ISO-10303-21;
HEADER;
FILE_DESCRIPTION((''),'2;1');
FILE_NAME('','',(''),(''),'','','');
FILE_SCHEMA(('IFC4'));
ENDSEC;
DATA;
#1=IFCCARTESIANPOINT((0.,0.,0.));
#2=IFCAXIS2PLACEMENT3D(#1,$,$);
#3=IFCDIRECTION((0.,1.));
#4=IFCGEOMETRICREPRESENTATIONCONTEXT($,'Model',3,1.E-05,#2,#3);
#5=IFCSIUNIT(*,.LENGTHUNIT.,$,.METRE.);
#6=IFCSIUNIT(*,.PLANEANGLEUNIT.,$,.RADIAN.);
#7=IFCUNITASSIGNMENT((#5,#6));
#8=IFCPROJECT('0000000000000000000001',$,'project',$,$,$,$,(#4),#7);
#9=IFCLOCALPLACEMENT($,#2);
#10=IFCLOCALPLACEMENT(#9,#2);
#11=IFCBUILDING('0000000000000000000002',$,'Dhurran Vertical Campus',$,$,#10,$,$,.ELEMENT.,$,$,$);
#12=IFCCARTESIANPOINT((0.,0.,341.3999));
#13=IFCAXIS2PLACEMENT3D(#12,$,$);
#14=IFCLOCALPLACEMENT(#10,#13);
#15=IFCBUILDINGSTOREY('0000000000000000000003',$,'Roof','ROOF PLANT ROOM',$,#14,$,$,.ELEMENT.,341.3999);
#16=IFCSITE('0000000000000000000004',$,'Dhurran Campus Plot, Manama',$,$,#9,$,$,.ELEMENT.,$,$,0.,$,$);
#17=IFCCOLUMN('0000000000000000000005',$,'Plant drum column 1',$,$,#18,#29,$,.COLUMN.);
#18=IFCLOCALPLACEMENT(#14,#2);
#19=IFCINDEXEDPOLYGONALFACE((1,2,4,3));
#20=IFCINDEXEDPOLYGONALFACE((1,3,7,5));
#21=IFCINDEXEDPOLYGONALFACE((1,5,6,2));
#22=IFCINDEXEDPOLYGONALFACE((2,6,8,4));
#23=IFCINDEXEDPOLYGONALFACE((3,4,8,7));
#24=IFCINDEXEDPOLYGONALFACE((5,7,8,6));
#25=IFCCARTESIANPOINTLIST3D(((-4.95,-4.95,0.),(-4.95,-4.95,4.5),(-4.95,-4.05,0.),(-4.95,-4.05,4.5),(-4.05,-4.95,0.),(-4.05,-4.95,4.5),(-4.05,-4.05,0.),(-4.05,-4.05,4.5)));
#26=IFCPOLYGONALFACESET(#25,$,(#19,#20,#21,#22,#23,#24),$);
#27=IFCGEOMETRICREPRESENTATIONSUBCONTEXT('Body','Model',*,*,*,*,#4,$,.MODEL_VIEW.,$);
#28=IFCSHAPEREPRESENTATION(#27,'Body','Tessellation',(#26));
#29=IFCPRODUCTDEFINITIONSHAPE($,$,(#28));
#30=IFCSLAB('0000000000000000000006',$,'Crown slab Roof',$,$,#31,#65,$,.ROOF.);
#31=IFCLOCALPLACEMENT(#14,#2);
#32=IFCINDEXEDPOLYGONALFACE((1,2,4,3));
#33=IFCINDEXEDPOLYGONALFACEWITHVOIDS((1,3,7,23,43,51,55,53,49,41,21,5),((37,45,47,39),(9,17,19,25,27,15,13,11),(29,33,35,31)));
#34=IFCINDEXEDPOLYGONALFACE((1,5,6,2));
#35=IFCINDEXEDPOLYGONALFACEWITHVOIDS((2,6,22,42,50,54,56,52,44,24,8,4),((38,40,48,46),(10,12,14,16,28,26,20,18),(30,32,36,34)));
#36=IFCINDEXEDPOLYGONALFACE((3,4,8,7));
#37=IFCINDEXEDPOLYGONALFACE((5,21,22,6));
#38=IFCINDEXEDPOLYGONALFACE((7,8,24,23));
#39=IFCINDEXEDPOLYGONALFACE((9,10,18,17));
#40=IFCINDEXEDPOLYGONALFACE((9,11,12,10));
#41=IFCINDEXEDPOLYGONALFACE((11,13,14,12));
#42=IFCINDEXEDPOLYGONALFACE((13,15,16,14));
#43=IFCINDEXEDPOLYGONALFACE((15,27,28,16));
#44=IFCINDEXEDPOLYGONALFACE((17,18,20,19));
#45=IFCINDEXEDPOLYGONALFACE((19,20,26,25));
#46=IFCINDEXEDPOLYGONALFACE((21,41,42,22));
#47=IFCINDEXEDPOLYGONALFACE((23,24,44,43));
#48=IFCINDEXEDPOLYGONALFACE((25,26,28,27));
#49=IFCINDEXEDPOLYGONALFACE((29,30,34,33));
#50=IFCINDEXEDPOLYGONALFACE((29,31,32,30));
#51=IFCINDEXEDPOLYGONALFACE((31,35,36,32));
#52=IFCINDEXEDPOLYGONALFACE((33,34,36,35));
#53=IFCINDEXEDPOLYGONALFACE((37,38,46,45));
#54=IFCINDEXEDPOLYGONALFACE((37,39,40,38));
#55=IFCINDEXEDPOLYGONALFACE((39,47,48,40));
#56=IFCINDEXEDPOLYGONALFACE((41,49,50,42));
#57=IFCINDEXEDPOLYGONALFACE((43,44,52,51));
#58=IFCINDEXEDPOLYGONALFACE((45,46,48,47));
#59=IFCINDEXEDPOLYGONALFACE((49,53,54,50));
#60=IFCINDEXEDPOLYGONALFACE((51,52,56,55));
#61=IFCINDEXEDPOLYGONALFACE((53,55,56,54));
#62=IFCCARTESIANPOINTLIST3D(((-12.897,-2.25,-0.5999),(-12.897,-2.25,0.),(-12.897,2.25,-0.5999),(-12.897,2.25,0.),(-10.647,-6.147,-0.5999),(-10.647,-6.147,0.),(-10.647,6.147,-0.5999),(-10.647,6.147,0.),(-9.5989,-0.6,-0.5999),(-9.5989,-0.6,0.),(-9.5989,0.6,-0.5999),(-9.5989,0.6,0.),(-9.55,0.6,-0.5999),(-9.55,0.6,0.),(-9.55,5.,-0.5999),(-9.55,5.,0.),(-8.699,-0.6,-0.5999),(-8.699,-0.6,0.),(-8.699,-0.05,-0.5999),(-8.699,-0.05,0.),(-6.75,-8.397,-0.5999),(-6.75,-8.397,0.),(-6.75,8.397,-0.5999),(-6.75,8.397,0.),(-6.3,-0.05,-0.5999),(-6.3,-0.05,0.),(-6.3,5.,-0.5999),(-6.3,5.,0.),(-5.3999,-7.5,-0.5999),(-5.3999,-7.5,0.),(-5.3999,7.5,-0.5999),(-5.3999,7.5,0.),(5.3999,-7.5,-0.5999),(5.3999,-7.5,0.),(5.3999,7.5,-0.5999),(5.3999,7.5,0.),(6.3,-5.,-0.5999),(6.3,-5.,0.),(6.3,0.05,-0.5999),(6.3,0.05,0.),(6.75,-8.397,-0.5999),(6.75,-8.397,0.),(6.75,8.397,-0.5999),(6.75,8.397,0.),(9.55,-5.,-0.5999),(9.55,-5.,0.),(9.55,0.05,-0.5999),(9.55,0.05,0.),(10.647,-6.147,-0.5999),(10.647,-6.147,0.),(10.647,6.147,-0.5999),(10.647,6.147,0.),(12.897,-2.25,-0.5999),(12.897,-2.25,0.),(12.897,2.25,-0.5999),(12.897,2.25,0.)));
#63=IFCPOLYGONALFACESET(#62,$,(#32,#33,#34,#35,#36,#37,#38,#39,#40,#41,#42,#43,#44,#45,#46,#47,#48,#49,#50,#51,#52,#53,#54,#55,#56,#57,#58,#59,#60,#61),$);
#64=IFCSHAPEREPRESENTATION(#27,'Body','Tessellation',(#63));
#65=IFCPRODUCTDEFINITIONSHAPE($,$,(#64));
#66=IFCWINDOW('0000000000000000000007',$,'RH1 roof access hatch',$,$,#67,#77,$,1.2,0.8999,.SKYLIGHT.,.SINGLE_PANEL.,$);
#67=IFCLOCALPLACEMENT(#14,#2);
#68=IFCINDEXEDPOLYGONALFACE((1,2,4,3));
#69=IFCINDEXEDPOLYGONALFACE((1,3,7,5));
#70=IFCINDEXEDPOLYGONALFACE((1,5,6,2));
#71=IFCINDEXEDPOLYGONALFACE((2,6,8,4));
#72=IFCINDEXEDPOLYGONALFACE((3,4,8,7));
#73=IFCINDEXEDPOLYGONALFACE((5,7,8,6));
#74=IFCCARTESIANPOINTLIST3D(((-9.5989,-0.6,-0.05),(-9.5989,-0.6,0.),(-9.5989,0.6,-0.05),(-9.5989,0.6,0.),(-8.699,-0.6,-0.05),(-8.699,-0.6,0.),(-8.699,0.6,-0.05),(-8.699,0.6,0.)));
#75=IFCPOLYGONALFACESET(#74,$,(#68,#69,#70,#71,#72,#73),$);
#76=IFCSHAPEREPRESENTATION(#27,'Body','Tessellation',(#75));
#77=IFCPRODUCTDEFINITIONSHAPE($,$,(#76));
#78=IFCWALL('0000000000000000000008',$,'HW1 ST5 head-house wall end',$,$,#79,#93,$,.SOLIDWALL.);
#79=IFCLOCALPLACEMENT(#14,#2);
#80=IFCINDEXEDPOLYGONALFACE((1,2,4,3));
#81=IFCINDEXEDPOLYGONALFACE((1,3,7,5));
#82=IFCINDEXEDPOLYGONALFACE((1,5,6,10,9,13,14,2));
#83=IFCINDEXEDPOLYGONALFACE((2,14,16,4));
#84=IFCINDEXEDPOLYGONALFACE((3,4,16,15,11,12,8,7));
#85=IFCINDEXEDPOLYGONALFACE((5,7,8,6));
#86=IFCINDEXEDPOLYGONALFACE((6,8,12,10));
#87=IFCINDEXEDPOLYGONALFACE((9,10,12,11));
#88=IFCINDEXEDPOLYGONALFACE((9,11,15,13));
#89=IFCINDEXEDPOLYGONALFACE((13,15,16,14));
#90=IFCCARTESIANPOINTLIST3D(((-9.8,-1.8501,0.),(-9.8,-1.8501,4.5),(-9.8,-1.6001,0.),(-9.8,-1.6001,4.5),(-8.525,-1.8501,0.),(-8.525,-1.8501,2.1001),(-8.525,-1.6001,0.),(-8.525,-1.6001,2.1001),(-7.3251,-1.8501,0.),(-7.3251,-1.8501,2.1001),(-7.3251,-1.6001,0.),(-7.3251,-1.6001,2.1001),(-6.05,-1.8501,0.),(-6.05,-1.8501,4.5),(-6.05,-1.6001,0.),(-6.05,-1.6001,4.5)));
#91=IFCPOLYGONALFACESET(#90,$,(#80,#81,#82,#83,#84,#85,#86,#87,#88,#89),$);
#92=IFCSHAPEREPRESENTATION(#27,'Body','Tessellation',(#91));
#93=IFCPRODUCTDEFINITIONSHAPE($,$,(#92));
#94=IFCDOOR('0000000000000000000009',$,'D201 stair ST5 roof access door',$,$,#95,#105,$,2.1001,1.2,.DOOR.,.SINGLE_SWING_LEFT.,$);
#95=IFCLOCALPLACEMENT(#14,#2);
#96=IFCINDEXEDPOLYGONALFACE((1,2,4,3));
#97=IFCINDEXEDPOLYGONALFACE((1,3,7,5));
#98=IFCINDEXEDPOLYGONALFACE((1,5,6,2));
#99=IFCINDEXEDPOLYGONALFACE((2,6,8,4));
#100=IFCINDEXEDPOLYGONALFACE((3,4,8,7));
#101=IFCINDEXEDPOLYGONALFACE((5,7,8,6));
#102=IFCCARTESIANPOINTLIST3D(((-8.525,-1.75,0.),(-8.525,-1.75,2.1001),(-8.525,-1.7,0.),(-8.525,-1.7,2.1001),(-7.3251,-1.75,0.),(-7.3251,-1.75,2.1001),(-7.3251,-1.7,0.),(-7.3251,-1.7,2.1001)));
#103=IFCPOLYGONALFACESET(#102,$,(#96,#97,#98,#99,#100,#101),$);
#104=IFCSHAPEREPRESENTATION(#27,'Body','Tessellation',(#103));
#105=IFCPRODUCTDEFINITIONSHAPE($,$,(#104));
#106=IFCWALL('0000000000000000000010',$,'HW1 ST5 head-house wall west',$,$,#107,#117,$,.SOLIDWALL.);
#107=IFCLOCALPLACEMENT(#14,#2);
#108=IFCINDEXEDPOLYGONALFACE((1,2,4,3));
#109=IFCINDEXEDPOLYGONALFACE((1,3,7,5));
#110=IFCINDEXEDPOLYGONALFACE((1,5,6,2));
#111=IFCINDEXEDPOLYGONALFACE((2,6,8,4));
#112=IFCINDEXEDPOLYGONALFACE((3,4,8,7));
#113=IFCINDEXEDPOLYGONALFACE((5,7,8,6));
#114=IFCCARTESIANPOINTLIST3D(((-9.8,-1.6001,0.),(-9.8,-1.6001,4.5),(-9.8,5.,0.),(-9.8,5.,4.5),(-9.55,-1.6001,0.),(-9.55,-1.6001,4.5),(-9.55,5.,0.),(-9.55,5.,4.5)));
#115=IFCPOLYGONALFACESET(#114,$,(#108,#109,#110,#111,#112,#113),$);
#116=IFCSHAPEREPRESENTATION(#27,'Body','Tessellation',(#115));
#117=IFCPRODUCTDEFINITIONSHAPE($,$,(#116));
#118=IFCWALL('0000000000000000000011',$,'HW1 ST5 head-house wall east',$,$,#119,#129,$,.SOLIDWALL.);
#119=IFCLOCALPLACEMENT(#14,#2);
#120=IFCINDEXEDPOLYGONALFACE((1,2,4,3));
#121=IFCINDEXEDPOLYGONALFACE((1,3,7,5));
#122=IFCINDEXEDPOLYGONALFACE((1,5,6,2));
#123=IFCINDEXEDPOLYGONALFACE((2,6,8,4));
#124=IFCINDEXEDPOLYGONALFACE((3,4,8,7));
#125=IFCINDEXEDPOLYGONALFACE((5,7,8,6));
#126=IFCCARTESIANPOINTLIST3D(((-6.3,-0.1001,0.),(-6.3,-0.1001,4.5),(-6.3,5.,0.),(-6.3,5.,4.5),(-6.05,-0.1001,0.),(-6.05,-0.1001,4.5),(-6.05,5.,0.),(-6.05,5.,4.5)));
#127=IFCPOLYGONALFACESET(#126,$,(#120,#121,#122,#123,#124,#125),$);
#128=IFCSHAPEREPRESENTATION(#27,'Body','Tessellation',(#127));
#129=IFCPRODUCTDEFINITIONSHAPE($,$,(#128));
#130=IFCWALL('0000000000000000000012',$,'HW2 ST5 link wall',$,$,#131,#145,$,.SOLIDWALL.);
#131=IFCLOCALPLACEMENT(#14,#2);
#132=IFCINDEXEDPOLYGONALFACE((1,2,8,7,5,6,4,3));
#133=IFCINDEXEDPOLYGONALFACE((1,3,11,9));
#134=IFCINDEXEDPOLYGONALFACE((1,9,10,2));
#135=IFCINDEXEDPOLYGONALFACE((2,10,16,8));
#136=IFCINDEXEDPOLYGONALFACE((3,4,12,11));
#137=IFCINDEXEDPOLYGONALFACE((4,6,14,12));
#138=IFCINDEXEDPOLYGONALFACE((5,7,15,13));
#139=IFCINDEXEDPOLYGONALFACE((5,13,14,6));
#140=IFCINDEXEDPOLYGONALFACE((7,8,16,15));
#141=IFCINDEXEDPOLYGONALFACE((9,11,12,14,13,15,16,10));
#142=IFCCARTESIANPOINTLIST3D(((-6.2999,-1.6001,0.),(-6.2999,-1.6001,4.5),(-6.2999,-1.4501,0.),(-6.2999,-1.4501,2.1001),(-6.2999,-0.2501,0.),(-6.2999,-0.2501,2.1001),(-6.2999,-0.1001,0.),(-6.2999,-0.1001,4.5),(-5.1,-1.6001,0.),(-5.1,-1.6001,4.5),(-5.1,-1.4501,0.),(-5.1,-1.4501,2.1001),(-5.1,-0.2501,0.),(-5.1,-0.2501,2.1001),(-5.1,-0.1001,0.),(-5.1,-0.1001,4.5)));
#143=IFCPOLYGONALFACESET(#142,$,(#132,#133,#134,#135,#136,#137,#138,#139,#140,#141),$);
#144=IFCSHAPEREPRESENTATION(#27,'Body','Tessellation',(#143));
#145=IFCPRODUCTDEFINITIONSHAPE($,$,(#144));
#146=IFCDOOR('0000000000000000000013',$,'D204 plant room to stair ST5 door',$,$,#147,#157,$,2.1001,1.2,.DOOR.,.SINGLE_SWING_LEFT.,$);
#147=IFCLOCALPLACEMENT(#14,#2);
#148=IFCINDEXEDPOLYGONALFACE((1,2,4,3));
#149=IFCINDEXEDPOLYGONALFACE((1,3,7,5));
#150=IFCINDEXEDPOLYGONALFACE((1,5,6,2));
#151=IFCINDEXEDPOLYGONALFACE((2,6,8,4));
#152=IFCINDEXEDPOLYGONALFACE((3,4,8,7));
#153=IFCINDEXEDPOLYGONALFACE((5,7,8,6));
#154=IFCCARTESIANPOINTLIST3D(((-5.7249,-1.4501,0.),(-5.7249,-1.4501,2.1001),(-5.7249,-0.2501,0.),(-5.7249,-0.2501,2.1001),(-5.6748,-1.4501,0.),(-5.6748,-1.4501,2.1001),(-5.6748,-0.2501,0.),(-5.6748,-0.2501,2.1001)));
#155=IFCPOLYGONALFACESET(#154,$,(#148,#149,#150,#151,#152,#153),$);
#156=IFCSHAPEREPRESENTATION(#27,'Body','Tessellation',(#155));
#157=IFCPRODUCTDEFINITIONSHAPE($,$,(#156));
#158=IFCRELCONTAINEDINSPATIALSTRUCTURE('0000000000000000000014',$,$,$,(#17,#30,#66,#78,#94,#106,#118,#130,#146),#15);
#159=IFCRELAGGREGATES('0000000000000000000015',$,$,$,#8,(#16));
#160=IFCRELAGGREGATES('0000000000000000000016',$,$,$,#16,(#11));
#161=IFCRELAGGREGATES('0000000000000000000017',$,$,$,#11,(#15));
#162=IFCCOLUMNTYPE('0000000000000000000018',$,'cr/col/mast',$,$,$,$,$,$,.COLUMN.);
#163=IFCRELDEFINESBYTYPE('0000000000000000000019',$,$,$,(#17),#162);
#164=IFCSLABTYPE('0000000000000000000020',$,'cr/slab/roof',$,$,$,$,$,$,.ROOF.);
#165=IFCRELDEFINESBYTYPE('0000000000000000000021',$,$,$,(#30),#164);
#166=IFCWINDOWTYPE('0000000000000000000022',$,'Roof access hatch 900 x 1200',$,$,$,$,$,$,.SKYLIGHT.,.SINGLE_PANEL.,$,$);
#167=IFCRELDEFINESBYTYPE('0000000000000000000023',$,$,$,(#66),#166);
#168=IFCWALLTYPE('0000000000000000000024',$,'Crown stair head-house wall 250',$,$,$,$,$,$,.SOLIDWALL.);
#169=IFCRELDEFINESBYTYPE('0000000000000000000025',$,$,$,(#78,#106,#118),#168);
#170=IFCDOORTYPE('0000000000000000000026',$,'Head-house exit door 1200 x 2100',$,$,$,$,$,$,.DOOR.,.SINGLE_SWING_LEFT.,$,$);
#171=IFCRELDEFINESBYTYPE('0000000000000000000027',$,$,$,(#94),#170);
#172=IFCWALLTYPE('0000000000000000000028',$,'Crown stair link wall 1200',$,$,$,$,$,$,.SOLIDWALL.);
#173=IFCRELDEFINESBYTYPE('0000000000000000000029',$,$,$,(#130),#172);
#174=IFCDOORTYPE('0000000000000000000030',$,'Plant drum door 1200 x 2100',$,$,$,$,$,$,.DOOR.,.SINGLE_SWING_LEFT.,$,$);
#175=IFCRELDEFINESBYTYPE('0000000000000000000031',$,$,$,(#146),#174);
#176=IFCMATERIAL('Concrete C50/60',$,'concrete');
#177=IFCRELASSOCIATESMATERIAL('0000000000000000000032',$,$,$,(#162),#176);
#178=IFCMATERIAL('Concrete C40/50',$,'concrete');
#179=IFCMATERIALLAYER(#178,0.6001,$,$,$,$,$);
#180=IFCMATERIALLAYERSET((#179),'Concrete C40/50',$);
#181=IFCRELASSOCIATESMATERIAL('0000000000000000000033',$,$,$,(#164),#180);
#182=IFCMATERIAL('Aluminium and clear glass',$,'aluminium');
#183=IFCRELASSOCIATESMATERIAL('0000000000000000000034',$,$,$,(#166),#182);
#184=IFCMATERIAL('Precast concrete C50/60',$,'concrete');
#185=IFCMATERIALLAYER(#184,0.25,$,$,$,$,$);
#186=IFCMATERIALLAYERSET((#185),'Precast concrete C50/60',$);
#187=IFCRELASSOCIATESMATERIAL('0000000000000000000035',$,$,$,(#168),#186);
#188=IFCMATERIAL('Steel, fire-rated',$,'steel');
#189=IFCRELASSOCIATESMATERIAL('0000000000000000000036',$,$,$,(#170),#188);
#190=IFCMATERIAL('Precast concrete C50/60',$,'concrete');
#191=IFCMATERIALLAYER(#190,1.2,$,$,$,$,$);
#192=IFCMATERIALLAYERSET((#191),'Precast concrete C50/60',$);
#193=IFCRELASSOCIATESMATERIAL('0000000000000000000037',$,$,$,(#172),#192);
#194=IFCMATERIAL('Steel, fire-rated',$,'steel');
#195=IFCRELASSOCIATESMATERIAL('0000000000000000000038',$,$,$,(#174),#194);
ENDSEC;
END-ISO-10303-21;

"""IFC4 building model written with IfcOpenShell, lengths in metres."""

from ifc_helpers import new_model, si_unit, direction, frame, frame_2d, origin, origin_2d, place, context, subcontext, project, spatial, polyline, rectangle, outline, extrude, material, layer, layer_set, material_profile, profile_set, type_object, element, fill, save


model = new_model("IFC4")

# Units and contexts
model_context = context("Model", 3, precision=1e-05, world=origin(), true_north=direction((0.0, 1.0)))
body_context = subcontext(model_context, "Body", "Model", "MODEL_VIEW")
ifc_project = project(units=[si_unit("LENGTHUNIT", "METRE"), si_unit("PLANEANGLEUNIT", "RADIAN")], contexts=[model_context])

# Site, building, storey
site_placement = place(None, origin())
site = spatial("IfcSite", under=ifc_project, at=site_placement, Name="Dhurran Campus Plot, Manama", CompositionType="ELEMENT", RefElevation=0.0)
building_placement = place(site_placement, origin())
building = spatial("IfcBuilding", under=site, at=building_placement, Name="Dhurran Vertical Campus", CompositionType="ELEMENT")
storey_placement = place(building_placement, frame((0.0, 0.0, 341.3999)))
storey = spatial("IfcBuildingStorey", under=building, at=storey_placement, Name="Roof", Description="ROOF PLANT ROOM", CompositionType="ELEMENT", Elevation=341.3999)

# Column
ifc_material_1 = material(Name="Concrete C50/60", Category="concrete")
ifc_material_profile = material_profile(ifc_material_1, rectangle(XDim=0.8999, YDim=0.8999, at=origin_2d()), Name="cr/col/mast")
ifc_profile_set = profile_set([ifc_material_profile], Name="Concrete C50/60")
column_type = type_object("IfcColumnType", Name="cr/col/mast", PredefinedType="COLUMN", material=ifc_profile_set)
column_placement = place(storey_placement, frame((-4.5, -4.5, 0.0), z_axis=(0.0, 0.0, 1.0), x_axis=(1.0, 0.0, 0.0)))
element("IfcColumn", 1, at=column_placement, inside=storey, type_object=column_type, Name="Plant drum column 1", PredefinedType="COLUMN", context=body_context, shape_type="SweptSolid", body=[
    extrude(rectangle(XDim=0.8999, YDim=0.8999, at=origin_2d()), origin(), (0.0, 0.0, 1.0), 4.5),
])

# Slab, opening, window
ifc_material_2 = material(Name="Concrete C40/50", Category="concrete")
ifc_layer_1 = layer(ifc_material_2, 0.6001)
ifc_layer_set_1 = layer_set([ifc_layer_1], Name="Concrete C40/50")
slab_type = type_object("IfcSlabType", Name="cr/slab/roof", PredefinedType="ROOF", material=ifc_layer_set_1)
slab_placement = place(storey_placement, frame((0.0, 0.0, -0.5999)))
slab = element("IfcSlab", 2, at=slab_placement, inside=storey, type_object=slab_type, Name="Crown slab Roof", PredefinedType="ROOF", context=body_context, shape_type="SweptSolid", body=[
    extrude(outline(polyline([(-6.75, -8.397), (6.75, -8.397), (10.647, -6.147), (12.897, -2.25), (12.897, 2.25), (10.647, 6.147), (6.75, 8.397), (-6.75, 8.397), (-10.647, 6.147), (-12.897, 2.25), (-12.897, -2.25), (-10.647, -6.147), (-6.75, -8.397)]), holes=[polyline([(-5.3999, -7.5), (5.3999, -7.5), (5.3999, 7.5), (-5.3999, 7.5), (-5.3999, -7.5)]), polyline([(-6.3, -0.05), (-6.3, 5.0), (-9.55, 5.0), (-9.55, -0.05), (-6.3, -0.05)]), polyline([(6.3, 0.05), (6.3, -5.0), (9.55, -5.0), (9.55, 0.05), (6.3, 0.05)])]), origin(), (0.0, 0.0, 1.0), 0.5999),
])
opening_1_placement = place(slab_placement, frame((-9.1489, 0.0, 0.0)))
opening_1 = element("IfcOpeningElement", 3, at=opening_1_placement, cuts=slab, PredefinedType="OPENING", context=body_context, shape_type="SweptSolid", body=[
    extrude(rectangle(XDim=0.8999, YDim=1.2, at=origin_2d()), origin(), (0.0, 0.0, 1.0), 0.5999),
])
ifc_material_3 = material(Name="Aluminium and clear glass", Category="aluminium")
window_type_1 = type_object("IfcWindowType", Name="Roof access hatch 900 x 1200", PartitioningType="SINGLE_PANEL", PredefinedType="SKYLIGHT", material=ifc_material_3)
window_1_placement = place(opening_1_placement, frame((0.0, 0.0, 0.5498)))
window_1 = element("IfcWindow", 4, at=window_1_placement, inside=storey, type_object=window_type_1, Name="RH1 roof access hatch", OverallHeight=1.2, OverallWidth=0.8999, PartitioningType="SINGLE_PANEL", PredefinedType="SKYLIGHT", context=body_context, shape_type="SweptSolid", body=[
    extrude(rectangle(XDim=0.8999, YDim=1.2, at=origin_2d()), origin(), (0.0, 0.0, 1.0), 0.05),
])
fill(opening_1, window_1)

# Wall, opening, door
ifc_material_4 = material(Name="Precast concrete C50/60", Category="concrete")
ifc_layer_2 = layer(ifc_material_4, 0.25)
ifc_layer_set_2 = layer_set([ifc_layer_2], Name="Precast concrete C50/60")
wall_type_1 = type_object("IfcWallType", Name="Crown stair head-house wall 250", PredefinedType="SOLIDWALL", material=ifc_layer_set_2)
wall_1_placement = place(storey_placement, frame((-6.05, -1.7251, 0.0), z_axis=(0.0, 0.0, 1.0), x_axis=(-1.0, 0.0, 0.0)))
wall_1 = element("IfcWall", 5, at=wall_1_placement, inside=storey, type_object=wall_type_1, Name="HW1 ST5 head-house wall end", PredefinedType="SOLIDWALL", context=body_context, shape_type="SweptSolid", body=[
    extrude(rectangle(XDim=3.75, YDim=0.25, at=frame_2d((1.875, 0.0))), origin(), (0.0, 0.0, 1.0), 4.5),
])
opening_2_placement = place(wall_1_placement, frame((1.2749, 0.0, 0.0)))
opening_2 = element("IfcOpeningElement", 6, at=opening_2_placement, cuts=wall_1, PredefinedType="OPENING", context=body_context, shape_type="SweptSolid", body=[
    extrude(rectangle(XDim=1.2, YDim=2.1001, at=frame_2d((0.6001, 1.05))), frame((0.0, 0.135, 0.0), z_axis=(0.0, -1.0, 0.0), x_axis=(1.0, 0.0, 0.0)), (0.0, 0.0, 1.0), 0.27),
])
ifc_material_5 = material(Name="Steel, fire-rated", Category="steel")
door_type_1 = type_object("IfcDoorType", Name="Head-house exit door 1200 x 2100", OperationType="SINGLE_SWING_LEFT", PredefinedType="DOOR", material=ifc_material_5)
door_1_placement = place(opening_2_placement, origin())
door_1 = element("IfcDoor", 7, at=door_1_placement, inside=storey, type_object=door_type_1, Name="D201 stair ST5 roof access door", OperationType="SINGLE_SWING_LEFT", OverallHeight=2.1001, OverallWidth=1.2, PredefinedType="DOOR", context=body_context, shape_type="SweptSolid", body=[
    extrude(rectangle(XDim=1.2, YDim=2.1001, at=frame_2d((0.6001, 1.05))), frame((0.0, 0.0249, 0.0), z_axis=(0.0, -1.0, 0.0), x_axis=(1.0, 0.0, 0.0)), (0.0, 0.0, 1.0), 0.05),
])
fill(opening_2, door_1)

# Walls
wall_2_placement = place(storey_placement, frame((-9.675, -1.6001, 0.0), z_axis=(0.0, 0.0, 1.0), x_axis=(0.0, 1.0, 0.0)))
element("IfcWall", 8, at=wall_2_placement, inside=storey, type_object=wall_type_1, Name="HW1 ST5 head-house wall west", PredefinedType="SOLIDWALL", context=body_context, shape_type="SweptSolid", body=[
    extrude(rectangle(XDim=6.6001, YDim=0.25, at=frame_2d((3.3, 0.0))), origin(), (0.0, 0.0, 1.0), 4.5),
])
wall_3_placement = place(storey_placement, frame((-6.175, -0.1001, 0.0), z_axis=(0.0, 0.0, 1.0), x_axis=(0.0, 1.0, 0.0)))
element("IfcWall", 9, at=wall_3_placement, inside=storey, type_object=wall_type_1, Name="HW1 ST5 head-house wall east", PredefinedType="SOLIDWALL", context=body_context, shape_type="SweptSolid", body=[
    extrude(rectangle(XDim=5.1001, YDim=0.25, at=frame_2d((2.55, 0.0))), origin(), (0.0, 0.0, 1.0), 4.5),
])

# Wall, opening, door
ifc_material_6 = material(Name="Precast concrete C50/60", Category="concrete")
ifc_layer_3 = layer(ifc_material_6, 1.2)
ifc_layer_set_3 = layer_set([ifc_layer_3], Name="Precast concrete C50/60")
wall_type_2 = type_object("IfcWallType", Name="Crown stair link wall 1200", PredefinedType="SOLIDWALL", material=ifc_layer_set_3)
wall_4_placement = place(storey_placement, frame((-5.7, -1.6001, 0.0), z_axis=(0.0, 0.0, 1.0), x_axis=(0.0, 1.0, 0.0)))
wall_4 = element("IfcWall", 10, at=wall_4_placement, inside=storey, type_object=wall_type_2, Name="HW2 ST5 link wall", PredefinedType="SOLIDWALL", context=body_context, shape_type="SweptSolid", body=[
    extrude(rectangle(XDim=1.5, YDim=1.2, at=frame_2d((0.75, 0.0))), origin(), (0.0, 0.0, 1.0), 4.5),
])
opening_3_placement = place(wall_4_placement, frame((0.1499, 0.0, 0.0)))
opening_3 = element("IfcOpeningElement", 11, at=opening_3_placement, cuts=wall_4, PredefinedType="OPENING", context=body_context, shape_type="SweptSolid", body=[
    extrude(rectangle(XDim=1.2, YDim=2.1001, at=frame_2d((0.6001, 1.05))), frame((0.0, 0.6099, 0.0), z_axis=(0.0, -1.0, 0.0), x_axis=(1.0, 0.0, 0.0)), (0.0, 0.0, 1.0), 1.22),
])
ifc_material_7 = material(Name="Steel, fire-rated", Category="steel")
door_type_2 = type_object("IfcDoorType", Name="Plant drum door 1200 x 2100", OperationType="SINGLE_SWING_LEFT", PredefinedType="DOOR", material=ifc_material_7)
door_2_placement = place(opening_3_placement, origin())
door_2 = element("IfcDoor", 12, at=door_2_placement, inside=storey, type_object=door_type_2, Name="D204 plant room to stair ST5 door", OperationType="SINGLE_SWING_LEFT", OverallHeight=2.1001, OverallWidth=1.2, PredefinedType="DOOR", context=body_context, shape_type="SweptSolid", body=[
    extrude(rectangle(XDim=1.2, YDim=2.1001, at=frame_2d((0.6001, 1.05))), frame((0.0, 0.0249, 0.0), z_axis=(0.0, -1.0, 0.0), x_axis=(1.0, 0.0, 0.0)), (0.0, 0.0, 1.0), 0.05),
])
fill(opening_3, door_2)

save(model, "model.ifc")
